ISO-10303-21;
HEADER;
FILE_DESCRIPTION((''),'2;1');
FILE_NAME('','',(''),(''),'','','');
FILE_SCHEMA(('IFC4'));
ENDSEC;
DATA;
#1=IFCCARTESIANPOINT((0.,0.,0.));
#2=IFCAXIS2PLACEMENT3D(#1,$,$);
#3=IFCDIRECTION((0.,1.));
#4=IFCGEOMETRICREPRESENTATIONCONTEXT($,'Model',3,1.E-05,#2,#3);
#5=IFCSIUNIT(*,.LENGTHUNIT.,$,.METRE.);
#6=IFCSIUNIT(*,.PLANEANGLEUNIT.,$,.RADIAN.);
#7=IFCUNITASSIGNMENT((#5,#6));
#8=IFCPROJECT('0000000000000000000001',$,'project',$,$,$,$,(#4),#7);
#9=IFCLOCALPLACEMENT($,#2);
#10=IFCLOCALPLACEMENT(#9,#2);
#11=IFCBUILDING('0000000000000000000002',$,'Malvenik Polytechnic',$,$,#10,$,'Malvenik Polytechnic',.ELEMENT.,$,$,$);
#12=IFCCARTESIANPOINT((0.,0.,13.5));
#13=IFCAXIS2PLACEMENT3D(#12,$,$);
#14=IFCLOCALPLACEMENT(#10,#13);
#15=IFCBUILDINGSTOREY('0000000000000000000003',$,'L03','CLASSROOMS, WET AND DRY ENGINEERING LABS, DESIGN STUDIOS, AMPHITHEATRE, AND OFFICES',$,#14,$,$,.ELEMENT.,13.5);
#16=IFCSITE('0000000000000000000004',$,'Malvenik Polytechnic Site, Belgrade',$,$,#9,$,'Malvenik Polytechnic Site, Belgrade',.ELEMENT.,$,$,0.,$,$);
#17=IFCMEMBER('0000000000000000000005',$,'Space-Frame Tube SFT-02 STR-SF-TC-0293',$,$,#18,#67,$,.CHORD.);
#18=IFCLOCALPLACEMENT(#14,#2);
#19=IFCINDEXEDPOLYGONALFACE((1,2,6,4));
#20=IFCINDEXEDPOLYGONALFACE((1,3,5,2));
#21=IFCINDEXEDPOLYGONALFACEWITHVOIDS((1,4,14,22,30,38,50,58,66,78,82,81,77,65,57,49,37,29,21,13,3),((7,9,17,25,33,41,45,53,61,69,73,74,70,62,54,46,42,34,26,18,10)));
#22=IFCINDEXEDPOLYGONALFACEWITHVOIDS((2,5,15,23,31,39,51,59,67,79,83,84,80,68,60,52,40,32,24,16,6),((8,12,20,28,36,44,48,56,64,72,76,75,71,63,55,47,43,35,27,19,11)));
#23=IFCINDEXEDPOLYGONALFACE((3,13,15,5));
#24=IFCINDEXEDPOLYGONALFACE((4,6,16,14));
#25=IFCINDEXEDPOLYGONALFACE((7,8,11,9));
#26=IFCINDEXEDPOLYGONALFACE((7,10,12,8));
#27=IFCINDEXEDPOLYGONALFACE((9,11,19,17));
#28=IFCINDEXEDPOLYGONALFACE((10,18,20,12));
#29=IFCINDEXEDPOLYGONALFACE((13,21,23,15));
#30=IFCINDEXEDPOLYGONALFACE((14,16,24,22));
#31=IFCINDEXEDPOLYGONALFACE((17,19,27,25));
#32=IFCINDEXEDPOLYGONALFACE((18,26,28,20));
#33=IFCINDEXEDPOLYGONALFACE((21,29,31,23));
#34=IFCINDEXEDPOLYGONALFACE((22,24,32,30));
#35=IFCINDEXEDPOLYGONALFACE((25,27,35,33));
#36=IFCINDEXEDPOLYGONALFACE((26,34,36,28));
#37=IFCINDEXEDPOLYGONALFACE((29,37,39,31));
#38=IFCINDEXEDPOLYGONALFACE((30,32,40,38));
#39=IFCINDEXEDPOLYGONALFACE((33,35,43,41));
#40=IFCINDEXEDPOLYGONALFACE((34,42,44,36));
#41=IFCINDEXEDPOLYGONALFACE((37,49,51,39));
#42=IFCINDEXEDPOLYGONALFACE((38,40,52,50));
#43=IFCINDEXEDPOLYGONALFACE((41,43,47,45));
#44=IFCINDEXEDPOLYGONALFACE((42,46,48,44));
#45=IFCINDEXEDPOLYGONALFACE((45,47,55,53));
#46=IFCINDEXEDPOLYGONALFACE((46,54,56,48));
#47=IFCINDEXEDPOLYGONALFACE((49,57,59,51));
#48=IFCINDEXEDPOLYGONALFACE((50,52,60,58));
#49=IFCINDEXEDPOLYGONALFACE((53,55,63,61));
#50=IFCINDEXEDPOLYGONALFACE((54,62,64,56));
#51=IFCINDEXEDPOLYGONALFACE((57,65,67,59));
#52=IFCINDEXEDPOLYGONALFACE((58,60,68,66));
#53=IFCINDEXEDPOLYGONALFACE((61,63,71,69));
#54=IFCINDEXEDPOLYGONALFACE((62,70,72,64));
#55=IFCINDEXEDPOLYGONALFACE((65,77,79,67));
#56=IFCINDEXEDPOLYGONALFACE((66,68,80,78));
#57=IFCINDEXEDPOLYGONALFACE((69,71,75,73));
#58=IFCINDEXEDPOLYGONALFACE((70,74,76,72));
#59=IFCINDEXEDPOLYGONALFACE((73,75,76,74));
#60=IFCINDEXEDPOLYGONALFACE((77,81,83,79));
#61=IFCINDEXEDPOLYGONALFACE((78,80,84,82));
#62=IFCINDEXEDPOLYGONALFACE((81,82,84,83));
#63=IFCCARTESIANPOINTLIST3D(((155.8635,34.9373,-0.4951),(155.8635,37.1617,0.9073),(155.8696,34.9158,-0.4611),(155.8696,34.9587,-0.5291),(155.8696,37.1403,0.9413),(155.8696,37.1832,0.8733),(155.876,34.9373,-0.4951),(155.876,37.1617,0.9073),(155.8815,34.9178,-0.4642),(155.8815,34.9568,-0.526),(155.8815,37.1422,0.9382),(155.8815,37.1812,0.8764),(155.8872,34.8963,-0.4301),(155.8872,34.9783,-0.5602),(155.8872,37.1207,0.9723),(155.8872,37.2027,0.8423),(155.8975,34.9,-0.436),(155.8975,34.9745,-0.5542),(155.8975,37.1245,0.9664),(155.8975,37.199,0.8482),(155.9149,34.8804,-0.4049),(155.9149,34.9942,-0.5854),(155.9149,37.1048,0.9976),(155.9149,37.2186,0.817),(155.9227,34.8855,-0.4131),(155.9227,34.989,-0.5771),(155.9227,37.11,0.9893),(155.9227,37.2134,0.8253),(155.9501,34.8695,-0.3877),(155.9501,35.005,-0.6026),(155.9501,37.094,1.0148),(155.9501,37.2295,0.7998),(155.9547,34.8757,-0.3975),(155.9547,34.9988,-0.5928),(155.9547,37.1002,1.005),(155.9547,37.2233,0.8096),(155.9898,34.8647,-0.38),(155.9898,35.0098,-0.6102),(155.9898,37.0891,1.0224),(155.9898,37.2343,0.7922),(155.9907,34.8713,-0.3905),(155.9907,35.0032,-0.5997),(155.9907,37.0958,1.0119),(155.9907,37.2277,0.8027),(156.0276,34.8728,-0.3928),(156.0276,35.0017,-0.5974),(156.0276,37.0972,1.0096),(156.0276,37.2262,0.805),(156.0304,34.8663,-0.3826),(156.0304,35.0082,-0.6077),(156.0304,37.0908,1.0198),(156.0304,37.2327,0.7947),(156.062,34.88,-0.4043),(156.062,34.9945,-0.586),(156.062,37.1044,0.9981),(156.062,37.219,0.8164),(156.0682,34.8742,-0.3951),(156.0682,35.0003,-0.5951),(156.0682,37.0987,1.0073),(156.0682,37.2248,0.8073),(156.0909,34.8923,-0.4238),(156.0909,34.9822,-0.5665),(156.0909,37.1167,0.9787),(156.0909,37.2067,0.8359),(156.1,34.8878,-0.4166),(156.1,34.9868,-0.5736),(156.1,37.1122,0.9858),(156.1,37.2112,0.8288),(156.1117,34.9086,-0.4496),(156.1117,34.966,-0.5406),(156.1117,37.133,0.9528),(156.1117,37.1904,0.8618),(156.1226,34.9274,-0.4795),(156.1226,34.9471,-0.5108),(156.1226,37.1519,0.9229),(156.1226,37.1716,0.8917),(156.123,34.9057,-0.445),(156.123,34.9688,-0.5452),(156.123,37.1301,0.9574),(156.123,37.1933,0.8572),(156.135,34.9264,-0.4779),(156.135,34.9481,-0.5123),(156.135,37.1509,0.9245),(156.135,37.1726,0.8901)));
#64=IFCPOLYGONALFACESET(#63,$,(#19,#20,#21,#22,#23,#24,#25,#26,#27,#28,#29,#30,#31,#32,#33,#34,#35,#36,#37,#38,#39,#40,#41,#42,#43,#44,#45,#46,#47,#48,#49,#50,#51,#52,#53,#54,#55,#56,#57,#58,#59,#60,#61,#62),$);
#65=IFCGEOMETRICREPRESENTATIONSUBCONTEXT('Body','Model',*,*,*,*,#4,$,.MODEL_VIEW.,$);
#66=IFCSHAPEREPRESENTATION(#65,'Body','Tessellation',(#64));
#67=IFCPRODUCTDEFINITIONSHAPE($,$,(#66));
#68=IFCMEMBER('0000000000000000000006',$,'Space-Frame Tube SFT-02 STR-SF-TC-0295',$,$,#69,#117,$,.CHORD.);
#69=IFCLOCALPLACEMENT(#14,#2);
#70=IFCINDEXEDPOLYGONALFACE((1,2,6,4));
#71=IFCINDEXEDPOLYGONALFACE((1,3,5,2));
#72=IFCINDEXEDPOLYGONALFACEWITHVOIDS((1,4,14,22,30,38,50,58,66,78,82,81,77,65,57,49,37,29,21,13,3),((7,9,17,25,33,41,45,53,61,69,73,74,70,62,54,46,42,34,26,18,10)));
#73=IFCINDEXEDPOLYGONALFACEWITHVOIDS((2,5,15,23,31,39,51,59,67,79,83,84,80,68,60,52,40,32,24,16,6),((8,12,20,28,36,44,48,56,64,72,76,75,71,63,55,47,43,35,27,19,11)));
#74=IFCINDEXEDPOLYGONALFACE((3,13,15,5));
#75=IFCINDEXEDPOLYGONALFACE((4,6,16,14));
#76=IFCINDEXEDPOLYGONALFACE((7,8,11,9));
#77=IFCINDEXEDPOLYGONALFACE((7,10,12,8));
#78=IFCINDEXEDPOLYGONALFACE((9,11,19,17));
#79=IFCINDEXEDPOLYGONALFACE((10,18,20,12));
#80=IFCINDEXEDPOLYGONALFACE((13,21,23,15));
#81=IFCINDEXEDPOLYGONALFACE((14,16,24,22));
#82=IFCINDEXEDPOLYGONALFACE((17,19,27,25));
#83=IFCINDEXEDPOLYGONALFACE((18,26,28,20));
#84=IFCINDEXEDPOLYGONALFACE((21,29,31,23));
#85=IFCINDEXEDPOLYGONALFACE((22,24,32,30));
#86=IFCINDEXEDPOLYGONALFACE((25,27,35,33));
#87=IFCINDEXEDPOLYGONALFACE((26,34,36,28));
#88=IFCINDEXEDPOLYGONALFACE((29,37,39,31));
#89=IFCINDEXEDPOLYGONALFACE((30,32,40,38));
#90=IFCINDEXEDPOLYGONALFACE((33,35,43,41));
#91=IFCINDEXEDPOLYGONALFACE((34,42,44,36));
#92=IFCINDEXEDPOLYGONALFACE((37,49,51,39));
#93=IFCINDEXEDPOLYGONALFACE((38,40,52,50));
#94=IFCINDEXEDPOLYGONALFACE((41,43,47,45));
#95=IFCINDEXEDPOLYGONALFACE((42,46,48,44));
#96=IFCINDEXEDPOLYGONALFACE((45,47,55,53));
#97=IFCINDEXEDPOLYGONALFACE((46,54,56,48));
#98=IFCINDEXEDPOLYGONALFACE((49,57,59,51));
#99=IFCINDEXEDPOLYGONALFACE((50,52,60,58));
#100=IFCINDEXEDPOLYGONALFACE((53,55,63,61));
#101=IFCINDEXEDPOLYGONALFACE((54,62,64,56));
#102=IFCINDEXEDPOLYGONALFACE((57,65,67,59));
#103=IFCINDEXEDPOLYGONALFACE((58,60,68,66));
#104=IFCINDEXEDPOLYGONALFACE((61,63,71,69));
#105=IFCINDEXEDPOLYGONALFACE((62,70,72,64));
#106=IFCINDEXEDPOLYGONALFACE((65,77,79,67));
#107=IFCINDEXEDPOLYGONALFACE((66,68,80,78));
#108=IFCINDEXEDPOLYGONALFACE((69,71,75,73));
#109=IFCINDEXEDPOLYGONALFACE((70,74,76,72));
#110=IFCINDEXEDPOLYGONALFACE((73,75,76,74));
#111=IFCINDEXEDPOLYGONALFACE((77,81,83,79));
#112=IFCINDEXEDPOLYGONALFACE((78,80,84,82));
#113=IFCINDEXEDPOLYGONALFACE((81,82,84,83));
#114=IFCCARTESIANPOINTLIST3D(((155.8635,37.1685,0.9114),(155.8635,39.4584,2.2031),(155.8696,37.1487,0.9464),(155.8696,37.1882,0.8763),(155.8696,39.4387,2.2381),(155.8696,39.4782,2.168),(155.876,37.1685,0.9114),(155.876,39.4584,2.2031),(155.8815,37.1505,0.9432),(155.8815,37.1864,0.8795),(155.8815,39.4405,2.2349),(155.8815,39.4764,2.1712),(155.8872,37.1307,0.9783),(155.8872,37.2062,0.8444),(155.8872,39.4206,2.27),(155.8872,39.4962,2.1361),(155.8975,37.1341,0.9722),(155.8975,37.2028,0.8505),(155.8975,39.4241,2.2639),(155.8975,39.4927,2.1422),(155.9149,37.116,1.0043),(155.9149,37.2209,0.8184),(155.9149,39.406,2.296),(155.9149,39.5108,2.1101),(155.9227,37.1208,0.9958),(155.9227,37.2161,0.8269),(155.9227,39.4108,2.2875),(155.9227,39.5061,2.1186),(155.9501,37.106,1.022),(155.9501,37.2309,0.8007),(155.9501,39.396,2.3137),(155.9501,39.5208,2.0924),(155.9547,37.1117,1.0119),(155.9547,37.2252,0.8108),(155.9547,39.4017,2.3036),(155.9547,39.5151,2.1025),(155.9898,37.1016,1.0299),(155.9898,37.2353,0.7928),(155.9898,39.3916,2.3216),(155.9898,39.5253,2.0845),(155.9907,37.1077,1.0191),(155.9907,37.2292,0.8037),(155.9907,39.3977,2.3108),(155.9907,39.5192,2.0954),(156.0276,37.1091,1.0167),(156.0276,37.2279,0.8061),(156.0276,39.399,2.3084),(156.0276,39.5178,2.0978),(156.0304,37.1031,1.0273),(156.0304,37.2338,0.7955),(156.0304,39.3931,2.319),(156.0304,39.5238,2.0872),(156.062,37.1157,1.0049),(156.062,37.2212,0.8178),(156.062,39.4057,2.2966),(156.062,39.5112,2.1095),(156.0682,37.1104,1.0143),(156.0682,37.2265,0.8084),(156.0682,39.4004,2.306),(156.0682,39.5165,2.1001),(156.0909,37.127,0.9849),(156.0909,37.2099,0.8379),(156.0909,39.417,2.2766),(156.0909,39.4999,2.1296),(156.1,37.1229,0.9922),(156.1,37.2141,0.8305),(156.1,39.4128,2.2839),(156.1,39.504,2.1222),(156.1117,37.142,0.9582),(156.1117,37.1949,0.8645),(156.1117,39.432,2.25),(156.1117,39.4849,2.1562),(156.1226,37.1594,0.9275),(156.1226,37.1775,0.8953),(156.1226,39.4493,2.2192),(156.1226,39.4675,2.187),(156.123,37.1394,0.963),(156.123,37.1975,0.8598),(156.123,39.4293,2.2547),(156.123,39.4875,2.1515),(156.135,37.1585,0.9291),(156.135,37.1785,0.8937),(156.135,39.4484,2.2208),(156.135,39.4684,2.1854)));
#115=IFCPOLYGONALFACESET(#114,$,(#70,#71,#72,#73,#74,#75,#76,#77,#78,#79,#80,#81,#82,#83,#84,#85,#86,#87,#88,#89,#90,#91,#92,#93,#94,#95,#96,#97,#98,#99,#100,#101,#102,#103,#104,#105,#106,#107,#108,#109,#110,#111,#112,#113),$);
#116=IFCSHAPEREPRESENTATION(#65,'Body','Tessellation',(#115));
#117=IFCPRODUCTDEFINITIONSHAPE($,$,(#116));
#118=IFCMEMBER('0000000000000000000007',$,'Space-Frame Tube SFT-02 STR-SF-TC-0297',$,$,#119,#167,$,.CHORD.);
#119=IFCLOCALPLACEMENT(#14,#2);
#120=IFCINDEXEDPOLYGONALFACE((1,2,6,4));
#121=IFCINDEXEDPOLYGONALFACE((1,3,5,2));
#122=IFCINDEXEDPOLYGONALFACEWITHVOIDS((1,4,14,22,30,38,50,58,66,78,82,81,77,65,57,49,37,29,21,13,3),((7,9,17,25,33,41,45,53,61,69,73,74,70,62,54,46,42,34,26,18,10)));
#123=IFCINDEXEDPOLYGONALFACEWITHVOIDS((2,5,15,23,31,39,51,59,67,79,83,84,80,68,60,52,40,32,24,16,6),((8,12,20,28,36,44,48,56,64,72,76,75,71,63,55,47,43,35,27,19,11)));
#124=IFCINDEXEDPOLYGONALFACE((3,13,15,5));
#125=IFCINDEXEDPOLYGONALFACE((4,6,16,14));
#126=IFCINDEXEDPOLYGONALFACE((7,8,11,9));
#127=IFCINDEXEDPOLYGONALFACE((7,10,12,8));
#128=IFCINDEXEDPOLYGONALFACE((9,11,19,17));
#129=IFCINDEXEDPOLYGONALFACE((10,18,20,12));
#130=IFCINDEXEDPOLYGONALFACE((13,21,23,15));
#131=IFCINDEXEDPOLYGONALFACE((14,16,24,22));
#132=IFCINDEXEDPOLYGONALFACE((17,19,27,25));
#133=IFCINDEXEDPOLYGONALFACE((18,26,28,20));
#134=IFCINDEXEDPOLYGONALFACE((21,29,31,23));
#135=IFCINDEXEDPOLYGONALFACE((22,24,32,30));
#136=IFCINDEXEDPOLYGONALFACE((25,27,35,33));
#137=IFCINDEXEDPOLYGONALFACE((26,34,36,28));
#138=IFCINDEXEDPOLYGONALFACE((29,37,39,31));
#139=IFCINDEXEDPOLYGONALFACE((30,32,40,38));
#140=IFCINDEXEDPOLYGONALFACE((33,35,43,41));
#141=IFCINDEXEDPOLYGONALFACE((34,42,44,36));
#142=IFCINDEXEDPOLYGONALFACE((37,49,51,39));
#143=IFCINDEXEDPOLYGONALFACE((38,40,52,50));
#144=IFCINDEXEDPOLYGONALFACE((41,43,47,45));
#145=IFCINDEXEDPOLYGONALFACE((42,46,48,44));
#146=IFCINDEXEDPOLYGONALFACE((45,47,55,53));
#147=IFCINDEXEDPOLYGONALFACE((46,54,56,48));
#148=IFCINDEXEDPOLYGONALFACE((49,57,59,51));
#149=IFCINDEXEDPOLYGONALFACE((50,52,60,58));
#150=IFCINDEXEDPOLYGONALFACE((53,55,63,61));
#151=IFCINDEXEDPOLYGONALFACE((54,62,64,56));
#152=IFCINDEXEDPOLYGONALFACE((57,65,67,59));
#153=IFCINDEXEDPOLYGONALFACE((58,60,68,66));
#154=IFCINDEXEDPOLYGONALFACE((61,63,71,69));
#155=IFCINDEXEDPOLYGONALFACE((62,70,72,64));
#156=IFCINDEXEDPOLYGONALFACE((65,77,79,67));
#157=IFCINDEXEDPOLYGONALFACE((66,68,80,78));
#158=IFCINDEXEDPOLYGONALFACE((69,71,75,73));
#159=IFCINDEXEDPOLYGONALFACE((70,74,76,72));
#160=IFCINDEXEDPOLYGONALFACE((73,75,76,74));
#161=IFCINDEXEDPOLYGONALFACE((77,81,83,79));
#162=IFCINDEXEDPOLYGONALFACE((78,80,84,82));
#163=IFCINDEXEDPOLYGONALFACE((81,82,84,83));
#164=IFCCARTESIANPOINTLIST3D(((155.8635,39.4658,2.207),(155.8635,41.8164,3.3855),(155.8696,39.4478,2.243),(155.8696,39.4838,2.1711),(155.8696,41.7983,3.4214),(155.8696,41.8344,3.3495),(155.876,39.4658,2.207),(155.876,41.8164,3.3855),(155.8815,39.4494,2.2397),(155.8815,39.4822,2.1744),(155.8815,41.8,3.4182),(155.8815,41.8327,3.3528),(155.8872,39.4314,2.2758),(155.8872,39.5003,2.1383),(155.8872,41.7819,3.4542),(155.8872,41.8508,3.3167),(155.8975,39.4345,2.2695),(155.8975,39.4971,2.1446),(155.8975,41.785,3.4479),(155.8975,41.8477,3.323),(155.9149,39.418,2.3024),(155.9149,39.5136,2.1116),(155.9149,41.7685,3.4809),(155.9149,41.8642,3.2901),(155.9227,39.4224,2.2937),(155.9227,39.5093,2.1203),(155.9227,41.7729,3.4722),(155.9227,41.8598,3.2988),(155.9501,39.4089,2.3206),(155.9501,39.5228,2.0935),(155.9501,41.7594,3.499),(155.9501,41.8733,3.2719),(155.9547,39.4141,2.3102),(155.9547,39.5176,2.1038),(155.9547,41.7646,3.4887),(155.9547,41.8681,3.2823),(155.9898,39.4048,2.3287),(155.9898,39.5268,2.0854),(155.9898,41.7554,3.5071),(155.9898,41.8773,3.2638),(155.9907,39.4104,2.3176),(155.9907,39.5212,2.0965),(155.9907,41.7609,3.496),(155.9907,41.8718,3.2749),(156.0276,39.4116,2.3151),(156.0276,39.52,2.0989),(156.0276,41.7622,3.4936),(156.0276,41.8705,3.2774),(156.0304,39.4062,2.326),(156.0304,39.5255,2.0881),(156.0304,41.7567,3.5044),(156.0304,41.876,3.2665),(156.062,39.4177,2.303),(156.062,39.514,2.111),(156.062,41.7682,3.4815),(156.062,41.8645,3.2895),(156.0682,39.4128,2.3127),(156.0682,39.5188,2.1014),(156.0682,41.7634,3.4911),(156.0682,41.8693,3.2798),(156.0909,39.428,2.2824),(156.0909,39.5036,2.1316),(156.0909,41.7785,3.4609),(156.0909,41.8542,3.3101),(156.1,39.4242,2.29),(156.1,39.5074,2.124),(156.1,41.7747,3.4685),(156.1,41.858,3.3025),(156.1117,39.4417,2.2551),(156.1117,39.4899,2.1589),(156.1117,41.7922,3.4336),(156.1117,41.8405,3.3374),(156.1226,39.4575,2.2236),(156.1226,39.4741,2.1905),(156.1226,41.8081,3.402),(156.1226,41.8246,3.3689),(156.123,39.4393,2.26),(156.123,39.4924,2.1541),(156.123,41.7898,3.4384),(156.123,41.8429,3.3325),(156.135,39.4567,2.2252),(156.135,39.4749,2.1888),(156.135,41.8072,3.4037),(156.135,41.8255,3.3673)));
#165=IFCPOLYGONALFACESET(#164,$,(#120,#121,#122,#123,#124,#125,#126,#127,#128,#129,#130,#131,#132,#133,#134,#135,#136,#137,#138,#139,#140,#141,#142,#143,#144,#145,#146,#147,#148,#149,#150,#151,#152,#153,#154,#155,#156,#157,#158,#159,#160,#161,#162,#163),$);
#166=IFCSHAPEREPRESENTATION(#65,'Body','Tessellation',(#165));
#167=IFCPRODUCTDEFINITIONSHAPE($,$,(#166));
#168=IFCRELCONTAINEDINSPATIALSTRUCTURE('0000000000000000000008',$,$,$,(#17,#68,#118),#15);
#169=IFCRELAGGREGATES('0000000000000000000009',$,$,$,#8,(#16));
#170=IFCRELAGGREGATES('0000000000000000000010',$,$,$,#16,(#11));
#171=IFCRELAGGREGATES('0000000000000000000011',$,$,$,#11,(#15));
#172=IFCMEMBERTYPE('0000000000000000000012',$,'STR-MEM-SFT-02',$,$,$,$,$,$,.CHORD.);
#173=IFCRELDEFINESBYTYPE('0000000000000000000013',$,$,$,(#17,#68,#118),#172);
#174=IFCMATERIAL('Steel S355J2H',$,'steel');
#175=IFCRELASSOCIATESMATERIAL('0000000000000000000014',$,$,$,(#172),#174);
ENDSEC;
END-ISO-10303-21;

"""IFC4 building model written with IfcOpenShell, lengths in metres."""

from ifc_helpers import new_model, si_unit, direction, frame, origin, origin_2d, place, context, subcontext, project, spatial, hollow_circle, extrude, material, material_profile, profile_set, type_object, element, save


model = new_model("IFC4")

# Units and contexts
model_context = context("Model", 3, precision=1e-05, world=origin(), true_north=direction((0.0, 1.0)))
body_context = subcontext(model_context, "Body", "Model", "MODEL_VIEW")
ifc_project = project(units=[si_unit("LENGTHUNIT", "METRE"), si_unit("PLANEANGLEUNIT", "RADIAN")], contexts=[model_context])

# Site, building, storey
site_placement = place(None, origin())
site = spatial("IfcSite", under=ifc_project, at=site_placement, Name="Malvenik Polytechnic Site, Belgrade", LongName="Malvenik Polytechnic Site, Belgrade", CompositionType="ELEMENT", RefElevation=0.0)
building_placement = place(site_placement, origin())
building = spatial("IfcBuilding", under=site, at=building_placement, Name="Malvenik Polytechnic", LongName="Malvenik Polytechnic", CompositionType="ELEMENT")
storey_placement = place(building_placement, frame((0.0, 0.0, 13.5)))
storey = spatial("IfcBuildingStorey", under=building, at=storey_placement, Name="L03", Description="CLASSROOMS, WET AND DRY ENGINEERING LABS, DESIGN STUDIOS, AMPHITHEATRE, AND OFFICES", CompositionType="ELEMENT", Elevation=13.5)

# Members
ifc_material_1 = material(Name="Steel S355J2H", Category="steel")
ifc_material_profile_1 = material_profile(ifc_material_1, hollow_circle(Radius=0.1365, WallThickness=0.0125, at=origin_2d()), Name="CHS 273.0x12.5")
ifc_profile_set_1 = profile_set([ifc_material_profile_1], Name="Steel S355J2H")
member_type_1 = type_object("IfcMemberType", Name="STR-MEM-SFT-02", PredefinedType="CHORD", material=ifc_profile_set_1)
member_1_placement = place(storey_placement, frame((156.0, 34.9373, -0.4951), z_axis=(0.0, 0.845921, 0.533308), x_axis=(-1.0, 0.0, 0.0)))
element("IfcMember", 1, at=member_1_placement, inside=storey, type_object=member_type_1, Name="Space-Frame Tube SFT-02 STR-SF-TC-0293", PredefinedType="CHORD", context=body_context, shape_type="SweptSolid", body=[
    extrude(hollow_circle(Radius=0.1365, WallThickness=0.0125, at=origin_2d()), origin(), (0.0, 0.0, 1.0), 2.6296),
])
member_2_placement = place(storey_placement, frame((156.0, 37.1685, 0.9114), z_axis=(0.0, 0.87099, 0.491301), x_axis=(-1.0, 0.0, 0.0)))
element("IfcMember", 2, at=member_2_placement, inside=storey, type_object=member_type_1, Name="Space-Frame Tube SFT-02 STR-SF-TC-0295", PredefinedType="CHORD", context=body_context, shape_type="SweptSolid", body=[
    extrude(hollow_circle(Radius=0.1365, WallThickness=0.0125, at=origin_2d()), origin(), (0.0, 0.0, 1.0), 2.6292),
])
member_3_placement = place(storey_placement, frame((156.0, 39.4658, 2.207), z_axis=(0.0, 0.893944, 0.448179), x_axis=(-1.0, 0.0, 0.0)))
element("IfcMember", 3, at=member_3_placement, inside=storey, type_object=member_type_1, Name="Space-Frame Tube SFT-02 STR-SF-TC-0297", PredefinedType="CHORD", context=body_context, shape_type="SweptSolid", body=[
    extrude(hollow_circle(Radius=0.1365, WallThickness=0.0125, at=origin_2d()), origin(), (0.0, 0.0, 1.0), 2.6294),
])

save(model, "model.ifc")
